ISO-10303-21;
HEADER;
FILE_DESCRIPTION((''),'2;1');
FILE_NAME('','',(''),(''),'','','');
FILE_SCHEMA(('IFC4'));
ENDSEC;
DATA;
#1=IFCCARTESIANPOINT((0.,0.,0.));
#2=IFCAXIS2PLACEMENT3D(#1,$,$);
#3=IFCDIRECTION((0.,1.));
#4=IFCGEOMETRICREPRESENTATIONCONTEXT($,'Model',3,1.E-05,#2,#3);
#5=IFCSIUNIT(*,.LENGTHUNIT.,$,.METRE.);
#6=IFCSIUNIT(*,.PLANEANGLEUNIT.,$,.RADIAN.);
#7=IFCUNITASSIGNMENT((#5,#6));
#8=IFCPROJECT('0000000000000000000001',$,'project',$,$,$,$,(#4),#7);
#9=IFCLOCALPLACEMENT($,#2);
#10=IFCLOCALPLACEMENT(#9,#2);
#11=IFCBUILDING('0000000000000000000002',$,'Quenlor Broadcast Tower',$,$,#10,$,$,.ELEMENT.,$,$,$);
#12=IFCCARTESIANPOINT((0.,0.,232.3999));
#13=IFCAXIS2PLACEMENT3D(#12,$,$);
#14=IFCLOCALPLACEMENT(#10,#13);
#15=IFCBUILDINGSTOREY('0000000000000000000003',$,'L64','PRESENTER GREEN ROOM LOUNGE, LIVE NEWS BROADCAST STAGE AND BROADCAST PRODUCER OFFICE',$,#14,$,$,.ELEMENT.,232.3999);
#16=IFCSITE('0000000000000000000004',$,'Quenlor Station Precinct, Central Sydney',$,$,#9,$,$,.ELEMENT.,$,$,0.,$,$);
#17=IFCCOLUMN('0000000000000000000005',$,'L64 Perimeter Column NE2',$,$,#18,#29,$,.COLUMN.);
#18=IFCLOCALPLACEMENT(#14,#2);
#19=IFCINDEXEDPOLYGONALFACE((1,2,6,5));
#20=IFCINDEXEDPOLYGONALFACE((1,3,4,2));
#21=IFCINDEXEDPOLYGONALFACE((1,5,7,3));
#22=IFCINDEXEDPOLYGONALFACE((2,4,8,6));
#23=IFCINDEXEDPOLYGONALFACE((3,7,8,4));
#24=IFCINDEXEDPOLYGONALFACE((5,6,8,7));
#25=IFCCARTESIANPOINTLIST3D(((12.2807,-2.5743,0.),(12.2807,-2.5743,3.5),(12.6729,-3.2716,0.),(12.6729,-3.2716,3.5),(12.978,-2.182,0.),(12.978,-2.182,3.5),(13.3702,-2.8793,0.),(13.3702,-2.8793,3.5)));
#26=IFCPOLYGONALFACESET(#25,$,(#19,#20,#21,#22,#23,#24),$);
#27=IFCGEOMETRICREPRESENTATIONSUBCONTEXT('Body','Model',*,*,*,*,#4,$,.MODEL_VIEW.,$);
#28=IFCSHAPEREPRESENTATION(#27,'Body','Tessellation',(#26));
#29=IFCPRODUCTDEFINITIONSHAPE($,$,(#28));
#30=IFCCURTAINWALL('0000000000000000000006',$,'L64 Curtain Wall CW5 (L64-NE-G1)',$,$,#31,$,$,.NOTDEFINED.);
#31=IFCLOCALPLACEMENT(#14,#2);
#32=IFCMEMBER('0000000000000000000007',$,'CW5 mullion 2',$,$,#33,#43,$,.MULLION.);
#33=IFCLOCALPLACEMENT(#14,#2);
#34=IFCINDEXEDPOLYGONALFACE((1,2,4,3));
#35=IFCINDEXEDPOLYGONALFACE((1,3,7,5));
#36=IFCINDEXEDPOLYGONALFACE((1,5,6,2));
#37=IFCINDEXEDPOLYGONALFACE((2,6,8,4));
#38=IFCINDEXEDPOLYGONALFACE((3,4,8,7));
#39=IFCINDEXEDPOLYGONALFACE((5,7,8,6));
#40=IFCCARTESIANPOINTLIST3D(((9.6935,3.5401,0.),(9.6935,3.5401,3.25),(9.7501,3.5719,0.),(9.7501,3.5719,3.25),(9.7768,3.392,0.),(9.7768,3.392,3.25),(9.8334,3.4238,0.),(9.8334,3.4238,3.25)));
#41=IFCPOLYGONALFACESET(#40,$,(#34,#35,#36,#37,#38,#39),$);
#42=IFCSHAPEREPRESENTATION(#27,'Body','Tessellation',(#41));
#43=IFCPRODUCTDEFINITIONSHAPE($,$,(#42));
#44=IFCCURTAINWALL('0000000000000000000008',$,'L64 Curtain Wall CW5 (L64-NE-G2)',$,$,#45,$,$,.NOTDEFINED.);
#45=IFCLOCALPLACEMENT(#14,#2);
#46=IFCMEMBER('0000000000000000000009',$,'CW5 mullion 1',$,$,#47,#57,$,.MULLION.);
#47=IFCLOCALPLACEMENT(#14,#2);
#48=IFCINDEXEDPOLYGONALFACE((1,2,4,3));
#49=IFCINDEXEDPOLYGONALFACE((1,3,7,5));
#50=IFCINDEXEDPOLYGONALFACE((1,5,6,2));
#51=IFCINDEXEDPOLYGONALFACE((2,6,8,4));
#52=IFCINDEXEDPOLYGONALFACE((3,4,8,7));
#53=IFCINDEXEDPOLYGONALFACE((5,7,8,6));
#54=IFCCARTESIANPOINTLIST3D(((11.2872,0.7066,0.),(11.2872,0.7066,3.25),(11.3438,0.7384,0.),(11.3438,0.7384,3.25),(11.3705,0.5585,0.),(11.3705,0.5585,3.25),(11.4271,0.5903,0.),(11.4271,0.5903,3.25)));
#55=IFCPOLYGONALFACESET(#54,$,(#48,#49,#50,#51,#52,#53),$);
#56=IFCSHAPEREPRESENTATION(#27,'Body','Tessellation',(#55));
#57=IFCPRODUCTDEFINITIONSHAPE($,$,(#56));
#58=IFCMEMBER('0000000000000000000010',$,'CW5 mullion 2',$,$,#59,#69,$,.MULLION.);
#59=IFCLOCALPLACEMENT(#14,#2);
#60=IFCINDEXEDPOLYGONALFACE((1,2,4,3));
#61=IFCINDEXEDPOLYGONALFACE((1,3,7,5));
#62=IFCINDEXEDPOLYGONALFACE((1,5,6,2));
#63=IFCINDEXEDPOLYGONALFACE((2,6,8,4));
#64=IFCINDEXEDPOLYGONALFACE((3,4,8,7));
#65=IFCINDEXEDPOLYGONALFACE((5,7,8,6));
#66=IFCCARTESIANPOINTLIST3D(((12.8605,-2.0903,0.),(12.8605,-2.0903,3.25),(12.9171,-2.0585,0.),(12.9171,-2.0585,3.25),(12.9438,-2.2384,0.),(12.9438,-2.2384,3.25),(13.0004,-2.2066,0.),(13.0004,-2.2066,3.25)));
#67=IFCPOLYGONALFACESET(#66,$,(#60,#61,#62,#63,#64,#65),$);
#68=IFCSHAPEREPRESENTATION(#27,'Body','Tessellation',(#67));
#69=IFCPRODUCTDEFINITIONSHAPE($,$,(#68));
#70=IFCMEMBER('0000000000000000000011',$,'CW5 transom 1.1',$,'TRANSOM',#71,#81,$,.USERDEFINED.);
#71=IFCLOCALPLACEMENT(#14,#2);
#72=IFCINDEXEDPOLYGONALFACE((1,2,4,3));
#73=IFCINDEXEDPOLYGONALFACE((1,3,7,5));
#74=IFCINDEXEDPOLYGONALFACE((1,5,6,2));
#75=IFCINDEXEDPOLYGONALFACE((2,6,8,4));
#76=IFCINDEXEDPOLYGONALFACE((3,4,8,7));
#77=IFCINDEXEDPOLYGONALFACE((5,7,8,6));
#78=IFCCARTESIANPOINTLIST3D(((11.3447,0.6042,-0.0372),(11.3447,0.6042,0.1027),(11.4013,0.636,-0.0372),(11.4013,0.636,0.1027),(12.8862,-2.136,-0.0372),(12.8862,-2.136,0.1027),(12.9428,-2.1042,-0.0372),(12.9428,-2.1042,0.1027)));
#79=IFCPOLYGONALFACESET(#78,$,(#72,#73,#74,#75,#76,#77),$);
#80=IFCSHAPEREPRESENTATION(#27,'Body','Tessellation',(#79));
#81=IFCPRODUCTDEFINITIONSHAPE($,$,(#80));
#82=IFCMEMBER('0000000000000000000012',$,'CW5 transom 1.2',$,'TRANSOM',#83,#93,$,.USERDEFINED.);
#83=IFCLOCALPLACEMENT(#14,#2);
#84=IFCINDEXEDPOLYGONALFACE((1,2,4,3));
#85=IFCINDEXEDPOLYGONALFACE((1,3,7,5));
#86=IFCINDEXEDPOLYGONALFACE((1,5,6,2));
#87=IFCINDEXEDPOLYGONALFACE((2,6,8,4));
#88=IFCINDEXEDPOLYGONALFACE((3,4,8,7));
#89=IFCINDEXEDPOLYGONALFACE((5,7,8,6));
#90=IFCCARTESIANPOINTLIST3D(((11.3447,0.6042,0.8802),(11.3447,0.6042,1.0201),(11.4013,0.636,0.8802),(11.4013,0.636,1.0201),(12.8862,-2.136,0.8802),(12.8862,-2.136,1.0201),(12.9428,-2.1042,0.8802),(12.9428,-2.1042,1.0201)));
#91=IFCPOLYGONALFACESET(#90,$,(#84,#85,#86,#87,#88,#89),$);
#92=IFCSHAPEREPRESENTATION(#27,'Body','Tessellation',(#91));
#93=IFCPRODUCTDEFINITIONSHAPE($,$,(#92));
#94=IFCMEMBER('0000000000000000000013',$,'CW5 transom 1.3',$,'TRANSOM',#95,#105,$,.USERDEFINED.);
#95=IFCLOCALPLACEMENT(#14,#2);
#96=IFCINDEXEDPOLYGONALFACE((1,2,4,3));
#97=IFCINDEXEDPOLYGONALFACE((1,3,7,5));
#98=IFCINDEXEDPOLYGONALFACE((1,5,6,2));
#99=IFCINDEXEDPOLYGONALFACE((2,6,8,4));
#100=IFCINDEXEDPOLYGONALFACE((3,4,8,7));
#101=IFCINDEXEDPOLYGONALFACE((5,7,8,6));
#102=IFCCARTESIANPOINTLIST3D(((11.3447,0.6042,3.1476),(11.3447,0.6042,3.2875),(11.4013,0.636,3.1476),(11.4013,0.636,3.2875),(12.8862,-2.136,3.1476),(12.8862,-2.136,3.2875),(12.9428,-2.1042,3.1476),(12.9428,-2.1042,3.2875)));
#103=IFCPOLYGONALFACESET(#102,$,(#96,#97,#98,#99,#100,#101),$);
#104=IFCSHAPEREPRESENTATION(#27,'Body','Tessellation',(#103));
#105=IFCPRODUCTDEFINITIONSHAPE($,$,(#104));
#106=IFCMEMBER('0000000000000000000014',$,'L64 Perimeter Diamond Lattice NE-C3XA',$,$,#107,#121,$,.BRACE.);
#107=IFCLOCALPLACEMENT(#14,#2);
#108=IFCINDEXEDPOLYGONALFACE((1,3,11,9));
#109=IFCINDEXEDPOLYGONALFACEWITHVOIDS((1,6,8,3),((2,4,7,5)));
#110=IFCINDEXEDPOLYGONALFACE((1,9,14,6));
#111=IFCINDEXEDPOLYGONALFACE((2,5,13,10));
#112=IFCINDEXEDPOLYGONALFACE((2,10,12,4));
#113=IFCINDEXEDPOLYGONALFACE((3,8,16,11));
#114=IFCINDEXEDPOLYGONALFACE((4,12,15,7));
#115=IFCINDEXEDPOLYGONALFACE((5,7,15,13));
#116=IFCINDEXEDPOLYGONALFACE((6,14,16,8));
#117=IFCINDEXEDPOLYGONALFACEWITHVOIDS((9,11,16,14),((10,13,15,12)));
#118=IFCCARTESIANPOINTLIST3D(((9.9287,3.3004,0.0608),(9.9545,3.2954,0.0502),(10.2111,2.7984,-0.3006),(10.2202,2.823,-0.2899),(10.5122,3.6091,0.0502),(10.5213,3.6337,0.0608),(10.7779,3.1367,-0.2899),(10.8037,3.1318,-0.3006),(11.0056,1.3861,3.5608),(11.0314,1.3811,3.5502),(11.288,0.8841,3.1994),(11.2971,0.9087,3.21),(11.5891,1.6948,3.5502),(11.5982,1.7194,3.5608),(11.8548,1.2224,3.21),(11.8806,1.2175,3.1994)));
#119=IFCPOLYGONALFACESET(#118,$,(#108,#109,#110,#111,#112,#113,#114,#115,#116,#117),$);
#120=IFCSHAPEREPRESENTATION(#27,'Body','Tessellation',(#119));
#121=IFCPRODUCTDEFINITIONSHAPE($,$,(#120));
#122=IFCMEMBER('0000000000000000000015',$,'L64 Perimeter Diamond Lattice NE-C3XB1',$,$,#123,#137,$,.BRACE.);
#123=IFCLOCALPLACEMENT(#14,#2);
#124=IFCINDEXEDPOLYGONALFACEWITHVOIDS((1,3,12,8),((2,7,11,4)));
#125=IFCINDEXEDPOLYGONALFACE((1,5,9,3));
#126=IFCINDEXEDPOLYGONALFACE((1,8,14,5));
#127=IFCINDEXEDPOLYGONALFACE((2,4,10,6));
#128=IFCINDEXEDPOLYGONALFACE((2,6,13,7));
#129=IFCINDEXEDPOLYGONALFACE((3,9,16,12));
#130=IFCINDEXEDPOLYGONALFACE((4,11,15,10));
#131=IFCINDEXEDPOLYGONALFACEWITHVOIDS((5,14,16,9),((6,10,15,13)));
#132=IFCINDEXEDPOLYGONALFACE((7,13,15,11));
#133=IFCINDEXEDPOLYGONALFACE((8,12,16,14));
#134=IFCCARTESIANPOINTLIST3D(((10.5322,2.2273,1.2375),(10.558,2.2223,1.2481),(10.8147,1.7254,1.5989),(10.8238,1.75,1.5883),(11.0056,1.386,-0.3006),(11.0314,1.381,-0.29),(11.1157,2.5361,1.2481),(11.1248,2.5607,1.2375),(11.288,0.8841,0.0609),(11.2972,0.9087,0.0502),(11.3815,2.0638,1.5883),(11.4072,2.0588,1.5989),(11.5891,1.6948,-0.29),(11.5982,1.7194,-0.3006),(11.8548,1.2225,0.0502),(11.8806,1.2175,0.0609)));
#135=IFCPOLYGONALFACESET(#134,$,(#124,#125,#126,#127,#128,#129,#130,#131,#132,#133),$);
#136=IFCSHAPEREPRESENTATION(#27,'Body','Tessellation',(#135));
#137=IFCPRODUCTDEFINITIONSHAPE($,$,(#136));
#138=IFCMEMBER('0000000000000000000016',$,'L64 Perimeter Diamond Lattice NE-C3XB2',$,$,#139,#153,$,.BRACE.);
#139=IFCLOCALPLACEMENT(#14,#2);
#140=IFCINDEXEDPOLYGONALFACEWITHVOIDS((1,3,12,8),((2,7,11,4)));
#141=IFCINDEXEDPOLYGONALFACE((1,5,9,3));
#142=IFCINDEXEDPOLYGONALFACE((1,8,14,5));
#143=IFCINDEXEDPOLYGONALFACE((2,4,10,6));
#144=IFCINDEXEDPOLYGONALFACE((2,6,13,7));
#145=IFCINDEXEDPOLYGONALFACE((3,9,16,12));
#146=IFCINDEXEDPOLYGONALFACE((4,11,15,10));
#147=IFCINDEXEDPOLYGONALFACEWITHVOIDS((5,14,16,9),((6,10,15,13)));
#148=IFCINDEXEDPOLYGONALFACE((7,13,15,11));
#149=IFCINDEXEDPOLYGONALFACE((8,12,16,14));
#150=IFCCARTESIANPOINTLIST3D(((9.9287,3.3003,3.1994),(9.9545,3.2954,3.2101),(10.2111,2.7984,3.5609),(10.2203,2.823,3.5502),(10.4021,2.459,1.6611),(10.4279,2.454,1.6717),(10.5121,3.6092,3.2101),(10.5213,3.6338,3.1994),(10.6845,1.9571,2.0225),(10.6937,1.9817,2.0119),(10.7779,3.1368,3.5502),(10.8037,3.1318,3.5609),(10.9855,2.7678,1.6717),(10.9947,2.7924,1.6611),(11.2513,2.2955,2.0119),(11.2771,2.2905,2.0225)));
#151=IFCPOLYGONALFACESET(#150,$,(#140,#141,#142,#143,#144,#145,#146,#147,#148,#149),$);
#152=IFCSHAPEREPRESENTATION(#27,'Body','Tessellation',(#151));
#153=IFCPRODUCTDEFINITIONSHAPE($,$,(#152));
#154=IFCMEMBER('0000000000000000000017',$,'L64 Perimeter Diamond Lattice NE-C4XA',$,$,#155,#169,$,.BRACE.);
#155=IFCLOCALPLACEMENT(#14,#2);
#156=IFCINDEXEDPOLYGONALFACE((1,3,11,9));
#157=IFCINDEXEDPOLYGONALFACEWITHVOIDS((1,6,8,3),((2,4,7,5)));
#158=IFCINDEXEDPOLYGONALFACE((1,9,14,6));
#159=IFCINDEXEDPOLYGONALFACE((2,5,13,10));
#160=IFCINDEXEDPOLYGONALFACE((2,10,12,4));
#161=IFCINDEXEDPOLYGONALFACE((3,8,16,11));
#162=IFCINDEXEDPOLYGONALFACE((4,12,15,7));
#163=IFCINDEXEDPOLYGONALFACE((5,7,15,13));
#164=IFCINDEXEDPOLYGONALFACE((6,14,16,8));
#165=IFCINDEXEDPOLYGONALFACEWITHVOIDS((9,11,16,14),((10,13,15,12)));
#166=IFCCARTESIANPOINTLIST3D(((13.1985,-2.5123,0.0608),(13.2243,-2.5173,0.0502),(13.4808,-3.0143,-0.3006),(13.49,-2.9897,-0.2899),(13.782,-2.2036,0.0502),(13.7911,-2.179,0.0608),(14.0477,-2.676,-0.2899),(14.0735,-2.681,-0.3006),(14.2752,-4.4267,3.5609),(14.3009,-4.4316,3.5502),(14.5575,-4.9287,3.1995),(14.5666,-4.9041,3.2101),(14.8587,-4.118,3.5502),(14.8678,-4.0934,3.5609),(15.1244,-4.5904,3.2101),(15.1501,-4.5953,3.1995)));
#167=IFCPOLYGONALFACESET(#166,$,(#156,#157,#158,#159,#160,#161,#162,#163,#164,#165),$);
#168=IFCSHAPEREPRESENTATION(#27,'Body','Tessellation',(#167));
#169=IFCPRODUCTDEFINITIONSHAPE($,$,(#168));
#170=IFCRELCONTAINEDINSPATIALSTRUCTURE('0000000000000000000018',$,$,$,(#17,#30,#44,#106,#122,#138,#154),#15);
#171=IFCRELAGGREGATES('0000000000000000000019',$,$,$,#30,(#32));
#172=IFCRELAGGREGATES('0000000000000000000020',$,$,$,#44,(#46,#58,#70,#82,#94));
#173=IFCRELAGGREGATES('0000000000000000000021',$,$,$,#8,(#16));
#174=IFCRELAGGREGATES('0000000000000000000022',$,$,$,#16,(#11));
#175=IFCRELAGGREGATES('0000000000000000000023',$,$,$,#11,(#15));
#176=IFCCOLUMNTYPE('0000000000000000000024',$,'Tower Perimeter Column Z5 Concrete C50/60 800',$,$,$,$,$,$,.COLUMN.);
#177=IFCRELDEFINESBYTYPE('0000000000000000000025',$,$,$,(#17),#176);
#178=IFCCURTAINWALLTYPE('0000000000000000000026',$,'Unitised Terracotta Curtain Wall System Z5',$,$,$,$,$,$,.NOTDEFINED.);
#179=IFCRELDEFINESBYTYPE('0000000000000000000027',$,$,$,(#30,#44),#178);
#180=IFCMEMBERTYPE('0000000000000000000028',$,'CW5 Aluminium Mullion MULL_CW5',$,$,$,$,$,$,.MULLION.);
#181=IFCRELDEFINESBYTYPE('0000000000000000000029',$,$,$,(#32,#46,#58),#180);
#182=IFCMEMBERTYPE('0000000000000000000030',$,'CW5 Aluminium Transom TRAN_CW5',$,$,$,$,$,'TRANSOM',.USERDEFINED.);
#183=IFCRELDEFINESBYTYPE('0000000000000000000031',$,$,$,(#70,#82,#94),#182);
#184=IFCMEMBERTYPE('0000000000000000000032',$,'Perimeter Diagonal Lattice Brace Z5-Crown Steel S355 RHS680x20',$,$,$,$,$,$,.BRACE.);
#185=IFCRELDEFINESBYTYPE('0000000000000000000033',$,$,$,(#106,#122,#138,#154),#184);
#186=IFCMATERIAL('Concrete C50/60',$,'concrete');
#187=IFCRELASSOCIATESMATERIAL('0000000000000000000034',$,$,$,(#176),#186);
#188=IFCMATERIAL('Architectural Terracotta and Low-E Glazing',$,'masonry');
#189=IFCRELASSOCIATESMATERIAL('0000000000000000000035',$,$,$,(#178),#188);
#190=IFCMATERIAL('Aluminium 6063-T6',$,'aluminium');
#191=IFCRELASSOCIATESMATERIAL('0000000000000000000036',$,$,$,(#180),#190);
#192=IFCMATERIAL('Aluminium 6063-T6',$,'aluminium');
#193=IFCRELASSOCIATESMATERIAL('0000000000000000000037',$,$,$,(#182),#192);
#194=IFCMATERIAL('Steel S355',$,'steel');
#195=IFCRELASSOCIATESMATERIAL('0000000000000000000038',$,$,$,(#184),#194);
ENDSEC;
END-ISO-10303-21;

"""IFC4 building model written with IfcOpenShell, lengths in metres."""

from ifc_helpers import new_model, si_unit, direction, frame, origin, origin_2d, place, context, subcontext, project, spatial, rectangle, hollow_rectangle, extrude, material, material_profile, profile_set, type_object, element, aggregate, save


model = new_model("IFC4")

# Units and contexts
model_context = context("Model", 3, precision=1e-05, world=origin(), true_north=direction((0.0, 1.0)))
body_context = subcontext(model_context, "Body", "Model", "MODEL_VIEW")
ifc_project = project(units=[si_unit("LENGTHUNIT", "METRE"), si_unit("PLANEANGLEUNIT", "RADIAN")], contexts=[model_context])

# Site, building, storey
site_placement = place(None, origin())
site = spatial("IfcSite", under=ifc_project, at=site_placement, Name="Quenlor Station Precinct, Central Sydney", CompositionType="ELEMENT", RefElevation=0.0)
building_placement = place(site_placement, origin())
building = spatial("IfcBuilding", under=site, at=building_placement, Name="Quenlor Broadcast Tower", CompositionType="ELEMENT")
storey_placement = place(building_placement, frame((0.0, 0.0, 232.3999)))
storey = spatial("IfcBuildingStorey", under=building, at=storey_placement, Name="L64", Description="PRESENTER GREEN ROOM LOUNGE, LIVE NEWS BROADCAST STAGE AND BROADCAST PRODUCER OFFICE", CompositionType="ELEMENT", Elevation=232.3999)

# Column
ifc_material_1 = material(Name="Concrete C50/60", Category="concrete")
ifc_material_profile_1 = material_profile(ifc_material_1, rectangle(XDim=0.8, YDim=0.8, at=origin_2d()))
ifc_profile_set_1 = profile_set([ifc_material_profile_1], Name="Concrete C50/60 RC800x800")
column_type = type_object("IfcColumnType", Name="Tower Perimeter Column Z5 Concrete C50/60 800", PredefinedType="COLUMN", material=ifc_profile_set_1)
column_placement = place(storey_placement, frame((12.8254, -2.7268, 0.0), z_axis=(0.0, 0.0, 1.0), x_axis=(0.871575, 0.490262, 0.0)))
element("IfcColumn", 1, at=column_placement, inside=storey, type_object=column_type, Name="L64 Perimeter Column NE2", PredefinedType="COLUMN", context=body_context, shape_type="SweptSolid", body=[
    extrude(rectangle(XDim=0.8, YDim=0.8, at=origin_2d()), origin(), (0.0, 0.0, 1.0), 3.5),
])

# Curtain wall, member
ifc_material_2 = material(Name="Architectural Terracotta and Low-E Glazing", Category="masonry")
curtain_wall_type = type_object("IfcCurtainWallType", Name="Unitised Terracotta Curtain Wall System Z5", PredefinedType="NOTDEFINED", material=ifc_material_2)
curtain_wall_1_placement = place(storey_placement, origin())
curtain_wall_1 = element("IfcCurtainWall", 2, at=curtain_wall_1_placement, inside=storey, type_object=curtain_wall_type, Name="L64 Curtain Wall CW5 (L64-NE-G1)", PredefinedType="NOTDEFINED")
ifc_material_3 = material(Name="Aluminium 6063-T6", Category="aluminium")
ifc_material_profile_2 = material_profile(ifc_material_3, rectangle(XDim=0.0649, YDim=0.1699, at=origin_2d()))
ifc_profile_set_2 = profile_set([ifc_material_profile_2], Name="Aluminium 6063-T6 MULL65x170")
member_type_1 = type_object("IfcMemberType", Name="CW5 Aluminium Mullion MULL_CW5", PredefinedType="MULLION", material=ifc_profile_set_2)
member_1_placement = place(storey_placement, frame((9.7634, 3.4819, 0.0), z_axis=(0.0, 0.0, 1.0), x_axis=(0.871575, 0.490263, 0.0)))
member_1 = element("IfcMember", 3, at=member_1_placement, type_object=member_type_1, Name="CW5 mullion 2", PredefinedType="MULLION", context=body_context, shape_type="SweptSolid", body=[
    extrude(rectangle(XDim=0.0649, YDim=0.1699, at=origin_2d()), origin(), (0.0, 0.0, 1.0), 3.25),
])
aggregate(curtain_wall_1, [member_1])

# Curtain wall, members
curtain_wall_2_placement = place(storey_placement, origin())
curtain_wall_2 = element("IfcCurtainWall", 4, at=curtain_wall_2_placement, inside=storey, type_object=curtain_wall_type, Name="L64 Curtain Wall CW5 (L64-NE-G2)", PredefinedType="NOTDEFINED")
member_2_placement = place(storey_placement, frame((11.3572, 0.6484, 0.0), z_axis=(0.0, 0.0, 1.0), x_axis=(0.871575, 0.490263, 0.0)))
member_2 = element("IfcMember", 5, at=member_2_placement, type_object=member_type_1, Name="CW5 mullion 1", PredefinedType="MULLION", context=body_context, shape_type="SweptSolid", body=[
    extrude(rectangle(XDim=0.0649, YDim=0.1699, at=origin_2d()), origin(), (0.0, 0.0, 1.0), 3.25),
])
member_3_placement = place(storey_placement, frame((12.9304, -2.1484, 0.0), z_axis=(0.0, 0.0, 1.0), x_axis=(0.871575, 0.490263, 0.0)))
member_3 = element("IfcMember", 6, at=member_3_placement, type_object=member_type_1, Name="CW5 mullion 2", PredefinedType="MULLION", context=body_context, shape_type="SweptSolid", body=[
    extrude(rectangle(XDim=0.0649, YDim=0.1699, at=origin_2d()), origin(), (0.0, 0.0, 1.0), 3.25),
])
ifc_material_4 = material(Name="Aluminium 6063-T6", Category="aluminium")
ifc_material_profile_3 = material_profile(ifc_material_4, rectangle(XDim=0.0649, YDim=0.1399, at=origin_2d()))
ifc_profile_set_3 = profile_set([ifc_material_profile_3], Name="Aluminium 6063-T6 TRAN65x140")
member_type_2 = type_object("IfcMemberType", Name="CW5 Aluminium Transom TRAN_CW5", ElementType="TRANSOM", PredefinedType="USERDEFINED", material=ifc_profile_set_3)
member_4_placement = place(storey_placement, frame((11.373, 0.6201, 0.0327), z_axis=(0.490291, -0.871559, 0.0), x_axis=(0.871559, 0.490291, 0.0)))
member_4 = element("IfcMember", 7, at=member_4_placement, type_object=member_type_2, Name="CW5 transom 1.1", ObjectType="TRANSOM", PredefinedType="USERDEFINED", context=body_context, shape_type="SweptSolid", body=[
    extrude(rectangle(XDim=0.0649, YDim=0.1399, at=origin_2d()), origin(), (0.0, 0.0, 1.0), 3.144),
])
member_5_placement = place(storey_placement, frame((11.373, 0.6201, 0.9502), z_axis=(0.490291, -0.871559, 0.0), x_axis=(0.871559, 0.490291, 0.0)))
member_5 = element("IfcMember", 8, at=member_5_placement, type_object=member_type_2, Name="CW5 transom 1.2", ObjectType="TRANSOM", PredefinedType="USERDEFINED", context=body_context, shape_type="SweptSolid", body=[
    extrude(rectangle(XDim=0.0649, YDim=0.1399, at=origin_2d()), origin(), (0.0, 0.0, 1.0), 3.144),
])
member_6_placement = place(storey_placement, frame((11.373, 0.6201, 3.2175), z_axis=(0.490291, -0.871559, 0.0), x_axis=(0.871559, 0.490291, 0.0)))
member_6 = element("IfcMember", 9, at=member_6_placement, type_object=member_type_2, Name="CW5 transom 1.3", ObjectType="TRANSOM", PredefinedType="USERDEFINED", context=body_context, shape_type="SweptSolid", body=[
    extrude(rectangle(XDim=0.0649, YDim=0.1399, at=origin_2d()), origin(), (0.0, 0.0, 1.0), 3.144),
])

# Members
ifc_material_5 = material(Name="Steel S355", Category="steel")
ifc_material_profile_4 = material_profile(ifc_material_5, hollow_rectangle(XDim=0.6799, YDim=0.6799, WallThickness=0.02, at=origin_2d()))
ifc_profile_set_4 = profile_set([ifc_material_profile_4], Name="Steel S355 RHS680x680x20")
member_type_3 = type_object("IfcMemberType", Name="Perimeter Diagonal Lattice Brace Z5-Crown Steel S355 RHS680x20", PredefinedType="BRACE", material=ifc_profile_set_4)
member_7_placement = place(storey_placement, frame((10.3662, 3.2161, -0.1199), z_axis=(0.260619, -0.463276, 0.847026), x_axis=(0.871555, 0.490298, 0.0)))
element("IfcMember", 10, at=member_7_placement, inside=storey, type_object=member_type_3, Name="L64 Perimeter Diamond Lattice NE-C3XA", PredefinedType="BRACE", context=body_context, shape_type="SweptSolid", body=[
    extrude(hollow_rectangle(XDim=0.6799, YDim=0.6799, WallThickness=0.02, at=origin_2d()), origin(), (0.0, 0.0, 1.0), 4.1321),
])
member_8_placement = place(storey_placement, frame((11.4431, 1.3018, -0.1199), z_axis=(-0.260686, 0.463293, 0.846996), x_axis=(-0.871508, -0.490381, 0.0)))
element("IfcMember", 11, at=member_8_placement, inside=storey, type_object=member_type_3, Name="L64 Perimeter Diamond Lattice NE-C3XB1", PredefinedType="BRACE", context=body_context, shape_type="SweptSolid", body=[
    extrude(hollow_rectangle(XDim=0.6799, YDim=0.6799, WallThickness=0.02, at=origin_2d()), origin(), (0.0, 0.0, 1.0), 1.8159),
])
member_9_placement = place(storey_placement, frame((10.8396, 2.3748, 1.8418), z_axis=(-0.260657, 0.463241, 0.847034), x_axis=(-0.871508, -0.490381, 0.0)))
element("IfcMember", 12, at=member_9_placement, inside=storey, type_object=member_type_3, Name="L64 Perimeter Diamond Lattice NE-C3XB2", PredefinedType="BRACE", context=body_context, shape_type="SweptSolid", body=[
    extrude(hollow_rectangle(XDim=0.6799, YDim=0.6799, WallThickness=0.02, at=origin_2d()), origin(), (0.0, 0.0, 1.0), 1.8162),
])
member_10_placement = place(storey_placement, frame((13.636, -2.5967, -0.1199), z_axis=(0.260564, -0.463283, 0.847039), x_axis=(0.871602, 0.490214, 0.0)))
element("IfcMember", 13, at=member_10_placement, inside=storey, type_object=member_type_3, Name="L64 Perimeter Diamond Lattice NE-C4XA", PredefinedType="BRACE", context=body_context, shape_type="SweptSolid", body=[
    extrude(hollow_rectangle(XDim=0.6799, YDim=0.6799, WallThickness=0.02, at=origin_2d()), origin(), (0.0, 0.0, 1.0), 4.1321),
])

aggregate(curtain_wall_2, [member_2, member_3, member_4, member_5, member_6])

save(model, "model.ifc")
